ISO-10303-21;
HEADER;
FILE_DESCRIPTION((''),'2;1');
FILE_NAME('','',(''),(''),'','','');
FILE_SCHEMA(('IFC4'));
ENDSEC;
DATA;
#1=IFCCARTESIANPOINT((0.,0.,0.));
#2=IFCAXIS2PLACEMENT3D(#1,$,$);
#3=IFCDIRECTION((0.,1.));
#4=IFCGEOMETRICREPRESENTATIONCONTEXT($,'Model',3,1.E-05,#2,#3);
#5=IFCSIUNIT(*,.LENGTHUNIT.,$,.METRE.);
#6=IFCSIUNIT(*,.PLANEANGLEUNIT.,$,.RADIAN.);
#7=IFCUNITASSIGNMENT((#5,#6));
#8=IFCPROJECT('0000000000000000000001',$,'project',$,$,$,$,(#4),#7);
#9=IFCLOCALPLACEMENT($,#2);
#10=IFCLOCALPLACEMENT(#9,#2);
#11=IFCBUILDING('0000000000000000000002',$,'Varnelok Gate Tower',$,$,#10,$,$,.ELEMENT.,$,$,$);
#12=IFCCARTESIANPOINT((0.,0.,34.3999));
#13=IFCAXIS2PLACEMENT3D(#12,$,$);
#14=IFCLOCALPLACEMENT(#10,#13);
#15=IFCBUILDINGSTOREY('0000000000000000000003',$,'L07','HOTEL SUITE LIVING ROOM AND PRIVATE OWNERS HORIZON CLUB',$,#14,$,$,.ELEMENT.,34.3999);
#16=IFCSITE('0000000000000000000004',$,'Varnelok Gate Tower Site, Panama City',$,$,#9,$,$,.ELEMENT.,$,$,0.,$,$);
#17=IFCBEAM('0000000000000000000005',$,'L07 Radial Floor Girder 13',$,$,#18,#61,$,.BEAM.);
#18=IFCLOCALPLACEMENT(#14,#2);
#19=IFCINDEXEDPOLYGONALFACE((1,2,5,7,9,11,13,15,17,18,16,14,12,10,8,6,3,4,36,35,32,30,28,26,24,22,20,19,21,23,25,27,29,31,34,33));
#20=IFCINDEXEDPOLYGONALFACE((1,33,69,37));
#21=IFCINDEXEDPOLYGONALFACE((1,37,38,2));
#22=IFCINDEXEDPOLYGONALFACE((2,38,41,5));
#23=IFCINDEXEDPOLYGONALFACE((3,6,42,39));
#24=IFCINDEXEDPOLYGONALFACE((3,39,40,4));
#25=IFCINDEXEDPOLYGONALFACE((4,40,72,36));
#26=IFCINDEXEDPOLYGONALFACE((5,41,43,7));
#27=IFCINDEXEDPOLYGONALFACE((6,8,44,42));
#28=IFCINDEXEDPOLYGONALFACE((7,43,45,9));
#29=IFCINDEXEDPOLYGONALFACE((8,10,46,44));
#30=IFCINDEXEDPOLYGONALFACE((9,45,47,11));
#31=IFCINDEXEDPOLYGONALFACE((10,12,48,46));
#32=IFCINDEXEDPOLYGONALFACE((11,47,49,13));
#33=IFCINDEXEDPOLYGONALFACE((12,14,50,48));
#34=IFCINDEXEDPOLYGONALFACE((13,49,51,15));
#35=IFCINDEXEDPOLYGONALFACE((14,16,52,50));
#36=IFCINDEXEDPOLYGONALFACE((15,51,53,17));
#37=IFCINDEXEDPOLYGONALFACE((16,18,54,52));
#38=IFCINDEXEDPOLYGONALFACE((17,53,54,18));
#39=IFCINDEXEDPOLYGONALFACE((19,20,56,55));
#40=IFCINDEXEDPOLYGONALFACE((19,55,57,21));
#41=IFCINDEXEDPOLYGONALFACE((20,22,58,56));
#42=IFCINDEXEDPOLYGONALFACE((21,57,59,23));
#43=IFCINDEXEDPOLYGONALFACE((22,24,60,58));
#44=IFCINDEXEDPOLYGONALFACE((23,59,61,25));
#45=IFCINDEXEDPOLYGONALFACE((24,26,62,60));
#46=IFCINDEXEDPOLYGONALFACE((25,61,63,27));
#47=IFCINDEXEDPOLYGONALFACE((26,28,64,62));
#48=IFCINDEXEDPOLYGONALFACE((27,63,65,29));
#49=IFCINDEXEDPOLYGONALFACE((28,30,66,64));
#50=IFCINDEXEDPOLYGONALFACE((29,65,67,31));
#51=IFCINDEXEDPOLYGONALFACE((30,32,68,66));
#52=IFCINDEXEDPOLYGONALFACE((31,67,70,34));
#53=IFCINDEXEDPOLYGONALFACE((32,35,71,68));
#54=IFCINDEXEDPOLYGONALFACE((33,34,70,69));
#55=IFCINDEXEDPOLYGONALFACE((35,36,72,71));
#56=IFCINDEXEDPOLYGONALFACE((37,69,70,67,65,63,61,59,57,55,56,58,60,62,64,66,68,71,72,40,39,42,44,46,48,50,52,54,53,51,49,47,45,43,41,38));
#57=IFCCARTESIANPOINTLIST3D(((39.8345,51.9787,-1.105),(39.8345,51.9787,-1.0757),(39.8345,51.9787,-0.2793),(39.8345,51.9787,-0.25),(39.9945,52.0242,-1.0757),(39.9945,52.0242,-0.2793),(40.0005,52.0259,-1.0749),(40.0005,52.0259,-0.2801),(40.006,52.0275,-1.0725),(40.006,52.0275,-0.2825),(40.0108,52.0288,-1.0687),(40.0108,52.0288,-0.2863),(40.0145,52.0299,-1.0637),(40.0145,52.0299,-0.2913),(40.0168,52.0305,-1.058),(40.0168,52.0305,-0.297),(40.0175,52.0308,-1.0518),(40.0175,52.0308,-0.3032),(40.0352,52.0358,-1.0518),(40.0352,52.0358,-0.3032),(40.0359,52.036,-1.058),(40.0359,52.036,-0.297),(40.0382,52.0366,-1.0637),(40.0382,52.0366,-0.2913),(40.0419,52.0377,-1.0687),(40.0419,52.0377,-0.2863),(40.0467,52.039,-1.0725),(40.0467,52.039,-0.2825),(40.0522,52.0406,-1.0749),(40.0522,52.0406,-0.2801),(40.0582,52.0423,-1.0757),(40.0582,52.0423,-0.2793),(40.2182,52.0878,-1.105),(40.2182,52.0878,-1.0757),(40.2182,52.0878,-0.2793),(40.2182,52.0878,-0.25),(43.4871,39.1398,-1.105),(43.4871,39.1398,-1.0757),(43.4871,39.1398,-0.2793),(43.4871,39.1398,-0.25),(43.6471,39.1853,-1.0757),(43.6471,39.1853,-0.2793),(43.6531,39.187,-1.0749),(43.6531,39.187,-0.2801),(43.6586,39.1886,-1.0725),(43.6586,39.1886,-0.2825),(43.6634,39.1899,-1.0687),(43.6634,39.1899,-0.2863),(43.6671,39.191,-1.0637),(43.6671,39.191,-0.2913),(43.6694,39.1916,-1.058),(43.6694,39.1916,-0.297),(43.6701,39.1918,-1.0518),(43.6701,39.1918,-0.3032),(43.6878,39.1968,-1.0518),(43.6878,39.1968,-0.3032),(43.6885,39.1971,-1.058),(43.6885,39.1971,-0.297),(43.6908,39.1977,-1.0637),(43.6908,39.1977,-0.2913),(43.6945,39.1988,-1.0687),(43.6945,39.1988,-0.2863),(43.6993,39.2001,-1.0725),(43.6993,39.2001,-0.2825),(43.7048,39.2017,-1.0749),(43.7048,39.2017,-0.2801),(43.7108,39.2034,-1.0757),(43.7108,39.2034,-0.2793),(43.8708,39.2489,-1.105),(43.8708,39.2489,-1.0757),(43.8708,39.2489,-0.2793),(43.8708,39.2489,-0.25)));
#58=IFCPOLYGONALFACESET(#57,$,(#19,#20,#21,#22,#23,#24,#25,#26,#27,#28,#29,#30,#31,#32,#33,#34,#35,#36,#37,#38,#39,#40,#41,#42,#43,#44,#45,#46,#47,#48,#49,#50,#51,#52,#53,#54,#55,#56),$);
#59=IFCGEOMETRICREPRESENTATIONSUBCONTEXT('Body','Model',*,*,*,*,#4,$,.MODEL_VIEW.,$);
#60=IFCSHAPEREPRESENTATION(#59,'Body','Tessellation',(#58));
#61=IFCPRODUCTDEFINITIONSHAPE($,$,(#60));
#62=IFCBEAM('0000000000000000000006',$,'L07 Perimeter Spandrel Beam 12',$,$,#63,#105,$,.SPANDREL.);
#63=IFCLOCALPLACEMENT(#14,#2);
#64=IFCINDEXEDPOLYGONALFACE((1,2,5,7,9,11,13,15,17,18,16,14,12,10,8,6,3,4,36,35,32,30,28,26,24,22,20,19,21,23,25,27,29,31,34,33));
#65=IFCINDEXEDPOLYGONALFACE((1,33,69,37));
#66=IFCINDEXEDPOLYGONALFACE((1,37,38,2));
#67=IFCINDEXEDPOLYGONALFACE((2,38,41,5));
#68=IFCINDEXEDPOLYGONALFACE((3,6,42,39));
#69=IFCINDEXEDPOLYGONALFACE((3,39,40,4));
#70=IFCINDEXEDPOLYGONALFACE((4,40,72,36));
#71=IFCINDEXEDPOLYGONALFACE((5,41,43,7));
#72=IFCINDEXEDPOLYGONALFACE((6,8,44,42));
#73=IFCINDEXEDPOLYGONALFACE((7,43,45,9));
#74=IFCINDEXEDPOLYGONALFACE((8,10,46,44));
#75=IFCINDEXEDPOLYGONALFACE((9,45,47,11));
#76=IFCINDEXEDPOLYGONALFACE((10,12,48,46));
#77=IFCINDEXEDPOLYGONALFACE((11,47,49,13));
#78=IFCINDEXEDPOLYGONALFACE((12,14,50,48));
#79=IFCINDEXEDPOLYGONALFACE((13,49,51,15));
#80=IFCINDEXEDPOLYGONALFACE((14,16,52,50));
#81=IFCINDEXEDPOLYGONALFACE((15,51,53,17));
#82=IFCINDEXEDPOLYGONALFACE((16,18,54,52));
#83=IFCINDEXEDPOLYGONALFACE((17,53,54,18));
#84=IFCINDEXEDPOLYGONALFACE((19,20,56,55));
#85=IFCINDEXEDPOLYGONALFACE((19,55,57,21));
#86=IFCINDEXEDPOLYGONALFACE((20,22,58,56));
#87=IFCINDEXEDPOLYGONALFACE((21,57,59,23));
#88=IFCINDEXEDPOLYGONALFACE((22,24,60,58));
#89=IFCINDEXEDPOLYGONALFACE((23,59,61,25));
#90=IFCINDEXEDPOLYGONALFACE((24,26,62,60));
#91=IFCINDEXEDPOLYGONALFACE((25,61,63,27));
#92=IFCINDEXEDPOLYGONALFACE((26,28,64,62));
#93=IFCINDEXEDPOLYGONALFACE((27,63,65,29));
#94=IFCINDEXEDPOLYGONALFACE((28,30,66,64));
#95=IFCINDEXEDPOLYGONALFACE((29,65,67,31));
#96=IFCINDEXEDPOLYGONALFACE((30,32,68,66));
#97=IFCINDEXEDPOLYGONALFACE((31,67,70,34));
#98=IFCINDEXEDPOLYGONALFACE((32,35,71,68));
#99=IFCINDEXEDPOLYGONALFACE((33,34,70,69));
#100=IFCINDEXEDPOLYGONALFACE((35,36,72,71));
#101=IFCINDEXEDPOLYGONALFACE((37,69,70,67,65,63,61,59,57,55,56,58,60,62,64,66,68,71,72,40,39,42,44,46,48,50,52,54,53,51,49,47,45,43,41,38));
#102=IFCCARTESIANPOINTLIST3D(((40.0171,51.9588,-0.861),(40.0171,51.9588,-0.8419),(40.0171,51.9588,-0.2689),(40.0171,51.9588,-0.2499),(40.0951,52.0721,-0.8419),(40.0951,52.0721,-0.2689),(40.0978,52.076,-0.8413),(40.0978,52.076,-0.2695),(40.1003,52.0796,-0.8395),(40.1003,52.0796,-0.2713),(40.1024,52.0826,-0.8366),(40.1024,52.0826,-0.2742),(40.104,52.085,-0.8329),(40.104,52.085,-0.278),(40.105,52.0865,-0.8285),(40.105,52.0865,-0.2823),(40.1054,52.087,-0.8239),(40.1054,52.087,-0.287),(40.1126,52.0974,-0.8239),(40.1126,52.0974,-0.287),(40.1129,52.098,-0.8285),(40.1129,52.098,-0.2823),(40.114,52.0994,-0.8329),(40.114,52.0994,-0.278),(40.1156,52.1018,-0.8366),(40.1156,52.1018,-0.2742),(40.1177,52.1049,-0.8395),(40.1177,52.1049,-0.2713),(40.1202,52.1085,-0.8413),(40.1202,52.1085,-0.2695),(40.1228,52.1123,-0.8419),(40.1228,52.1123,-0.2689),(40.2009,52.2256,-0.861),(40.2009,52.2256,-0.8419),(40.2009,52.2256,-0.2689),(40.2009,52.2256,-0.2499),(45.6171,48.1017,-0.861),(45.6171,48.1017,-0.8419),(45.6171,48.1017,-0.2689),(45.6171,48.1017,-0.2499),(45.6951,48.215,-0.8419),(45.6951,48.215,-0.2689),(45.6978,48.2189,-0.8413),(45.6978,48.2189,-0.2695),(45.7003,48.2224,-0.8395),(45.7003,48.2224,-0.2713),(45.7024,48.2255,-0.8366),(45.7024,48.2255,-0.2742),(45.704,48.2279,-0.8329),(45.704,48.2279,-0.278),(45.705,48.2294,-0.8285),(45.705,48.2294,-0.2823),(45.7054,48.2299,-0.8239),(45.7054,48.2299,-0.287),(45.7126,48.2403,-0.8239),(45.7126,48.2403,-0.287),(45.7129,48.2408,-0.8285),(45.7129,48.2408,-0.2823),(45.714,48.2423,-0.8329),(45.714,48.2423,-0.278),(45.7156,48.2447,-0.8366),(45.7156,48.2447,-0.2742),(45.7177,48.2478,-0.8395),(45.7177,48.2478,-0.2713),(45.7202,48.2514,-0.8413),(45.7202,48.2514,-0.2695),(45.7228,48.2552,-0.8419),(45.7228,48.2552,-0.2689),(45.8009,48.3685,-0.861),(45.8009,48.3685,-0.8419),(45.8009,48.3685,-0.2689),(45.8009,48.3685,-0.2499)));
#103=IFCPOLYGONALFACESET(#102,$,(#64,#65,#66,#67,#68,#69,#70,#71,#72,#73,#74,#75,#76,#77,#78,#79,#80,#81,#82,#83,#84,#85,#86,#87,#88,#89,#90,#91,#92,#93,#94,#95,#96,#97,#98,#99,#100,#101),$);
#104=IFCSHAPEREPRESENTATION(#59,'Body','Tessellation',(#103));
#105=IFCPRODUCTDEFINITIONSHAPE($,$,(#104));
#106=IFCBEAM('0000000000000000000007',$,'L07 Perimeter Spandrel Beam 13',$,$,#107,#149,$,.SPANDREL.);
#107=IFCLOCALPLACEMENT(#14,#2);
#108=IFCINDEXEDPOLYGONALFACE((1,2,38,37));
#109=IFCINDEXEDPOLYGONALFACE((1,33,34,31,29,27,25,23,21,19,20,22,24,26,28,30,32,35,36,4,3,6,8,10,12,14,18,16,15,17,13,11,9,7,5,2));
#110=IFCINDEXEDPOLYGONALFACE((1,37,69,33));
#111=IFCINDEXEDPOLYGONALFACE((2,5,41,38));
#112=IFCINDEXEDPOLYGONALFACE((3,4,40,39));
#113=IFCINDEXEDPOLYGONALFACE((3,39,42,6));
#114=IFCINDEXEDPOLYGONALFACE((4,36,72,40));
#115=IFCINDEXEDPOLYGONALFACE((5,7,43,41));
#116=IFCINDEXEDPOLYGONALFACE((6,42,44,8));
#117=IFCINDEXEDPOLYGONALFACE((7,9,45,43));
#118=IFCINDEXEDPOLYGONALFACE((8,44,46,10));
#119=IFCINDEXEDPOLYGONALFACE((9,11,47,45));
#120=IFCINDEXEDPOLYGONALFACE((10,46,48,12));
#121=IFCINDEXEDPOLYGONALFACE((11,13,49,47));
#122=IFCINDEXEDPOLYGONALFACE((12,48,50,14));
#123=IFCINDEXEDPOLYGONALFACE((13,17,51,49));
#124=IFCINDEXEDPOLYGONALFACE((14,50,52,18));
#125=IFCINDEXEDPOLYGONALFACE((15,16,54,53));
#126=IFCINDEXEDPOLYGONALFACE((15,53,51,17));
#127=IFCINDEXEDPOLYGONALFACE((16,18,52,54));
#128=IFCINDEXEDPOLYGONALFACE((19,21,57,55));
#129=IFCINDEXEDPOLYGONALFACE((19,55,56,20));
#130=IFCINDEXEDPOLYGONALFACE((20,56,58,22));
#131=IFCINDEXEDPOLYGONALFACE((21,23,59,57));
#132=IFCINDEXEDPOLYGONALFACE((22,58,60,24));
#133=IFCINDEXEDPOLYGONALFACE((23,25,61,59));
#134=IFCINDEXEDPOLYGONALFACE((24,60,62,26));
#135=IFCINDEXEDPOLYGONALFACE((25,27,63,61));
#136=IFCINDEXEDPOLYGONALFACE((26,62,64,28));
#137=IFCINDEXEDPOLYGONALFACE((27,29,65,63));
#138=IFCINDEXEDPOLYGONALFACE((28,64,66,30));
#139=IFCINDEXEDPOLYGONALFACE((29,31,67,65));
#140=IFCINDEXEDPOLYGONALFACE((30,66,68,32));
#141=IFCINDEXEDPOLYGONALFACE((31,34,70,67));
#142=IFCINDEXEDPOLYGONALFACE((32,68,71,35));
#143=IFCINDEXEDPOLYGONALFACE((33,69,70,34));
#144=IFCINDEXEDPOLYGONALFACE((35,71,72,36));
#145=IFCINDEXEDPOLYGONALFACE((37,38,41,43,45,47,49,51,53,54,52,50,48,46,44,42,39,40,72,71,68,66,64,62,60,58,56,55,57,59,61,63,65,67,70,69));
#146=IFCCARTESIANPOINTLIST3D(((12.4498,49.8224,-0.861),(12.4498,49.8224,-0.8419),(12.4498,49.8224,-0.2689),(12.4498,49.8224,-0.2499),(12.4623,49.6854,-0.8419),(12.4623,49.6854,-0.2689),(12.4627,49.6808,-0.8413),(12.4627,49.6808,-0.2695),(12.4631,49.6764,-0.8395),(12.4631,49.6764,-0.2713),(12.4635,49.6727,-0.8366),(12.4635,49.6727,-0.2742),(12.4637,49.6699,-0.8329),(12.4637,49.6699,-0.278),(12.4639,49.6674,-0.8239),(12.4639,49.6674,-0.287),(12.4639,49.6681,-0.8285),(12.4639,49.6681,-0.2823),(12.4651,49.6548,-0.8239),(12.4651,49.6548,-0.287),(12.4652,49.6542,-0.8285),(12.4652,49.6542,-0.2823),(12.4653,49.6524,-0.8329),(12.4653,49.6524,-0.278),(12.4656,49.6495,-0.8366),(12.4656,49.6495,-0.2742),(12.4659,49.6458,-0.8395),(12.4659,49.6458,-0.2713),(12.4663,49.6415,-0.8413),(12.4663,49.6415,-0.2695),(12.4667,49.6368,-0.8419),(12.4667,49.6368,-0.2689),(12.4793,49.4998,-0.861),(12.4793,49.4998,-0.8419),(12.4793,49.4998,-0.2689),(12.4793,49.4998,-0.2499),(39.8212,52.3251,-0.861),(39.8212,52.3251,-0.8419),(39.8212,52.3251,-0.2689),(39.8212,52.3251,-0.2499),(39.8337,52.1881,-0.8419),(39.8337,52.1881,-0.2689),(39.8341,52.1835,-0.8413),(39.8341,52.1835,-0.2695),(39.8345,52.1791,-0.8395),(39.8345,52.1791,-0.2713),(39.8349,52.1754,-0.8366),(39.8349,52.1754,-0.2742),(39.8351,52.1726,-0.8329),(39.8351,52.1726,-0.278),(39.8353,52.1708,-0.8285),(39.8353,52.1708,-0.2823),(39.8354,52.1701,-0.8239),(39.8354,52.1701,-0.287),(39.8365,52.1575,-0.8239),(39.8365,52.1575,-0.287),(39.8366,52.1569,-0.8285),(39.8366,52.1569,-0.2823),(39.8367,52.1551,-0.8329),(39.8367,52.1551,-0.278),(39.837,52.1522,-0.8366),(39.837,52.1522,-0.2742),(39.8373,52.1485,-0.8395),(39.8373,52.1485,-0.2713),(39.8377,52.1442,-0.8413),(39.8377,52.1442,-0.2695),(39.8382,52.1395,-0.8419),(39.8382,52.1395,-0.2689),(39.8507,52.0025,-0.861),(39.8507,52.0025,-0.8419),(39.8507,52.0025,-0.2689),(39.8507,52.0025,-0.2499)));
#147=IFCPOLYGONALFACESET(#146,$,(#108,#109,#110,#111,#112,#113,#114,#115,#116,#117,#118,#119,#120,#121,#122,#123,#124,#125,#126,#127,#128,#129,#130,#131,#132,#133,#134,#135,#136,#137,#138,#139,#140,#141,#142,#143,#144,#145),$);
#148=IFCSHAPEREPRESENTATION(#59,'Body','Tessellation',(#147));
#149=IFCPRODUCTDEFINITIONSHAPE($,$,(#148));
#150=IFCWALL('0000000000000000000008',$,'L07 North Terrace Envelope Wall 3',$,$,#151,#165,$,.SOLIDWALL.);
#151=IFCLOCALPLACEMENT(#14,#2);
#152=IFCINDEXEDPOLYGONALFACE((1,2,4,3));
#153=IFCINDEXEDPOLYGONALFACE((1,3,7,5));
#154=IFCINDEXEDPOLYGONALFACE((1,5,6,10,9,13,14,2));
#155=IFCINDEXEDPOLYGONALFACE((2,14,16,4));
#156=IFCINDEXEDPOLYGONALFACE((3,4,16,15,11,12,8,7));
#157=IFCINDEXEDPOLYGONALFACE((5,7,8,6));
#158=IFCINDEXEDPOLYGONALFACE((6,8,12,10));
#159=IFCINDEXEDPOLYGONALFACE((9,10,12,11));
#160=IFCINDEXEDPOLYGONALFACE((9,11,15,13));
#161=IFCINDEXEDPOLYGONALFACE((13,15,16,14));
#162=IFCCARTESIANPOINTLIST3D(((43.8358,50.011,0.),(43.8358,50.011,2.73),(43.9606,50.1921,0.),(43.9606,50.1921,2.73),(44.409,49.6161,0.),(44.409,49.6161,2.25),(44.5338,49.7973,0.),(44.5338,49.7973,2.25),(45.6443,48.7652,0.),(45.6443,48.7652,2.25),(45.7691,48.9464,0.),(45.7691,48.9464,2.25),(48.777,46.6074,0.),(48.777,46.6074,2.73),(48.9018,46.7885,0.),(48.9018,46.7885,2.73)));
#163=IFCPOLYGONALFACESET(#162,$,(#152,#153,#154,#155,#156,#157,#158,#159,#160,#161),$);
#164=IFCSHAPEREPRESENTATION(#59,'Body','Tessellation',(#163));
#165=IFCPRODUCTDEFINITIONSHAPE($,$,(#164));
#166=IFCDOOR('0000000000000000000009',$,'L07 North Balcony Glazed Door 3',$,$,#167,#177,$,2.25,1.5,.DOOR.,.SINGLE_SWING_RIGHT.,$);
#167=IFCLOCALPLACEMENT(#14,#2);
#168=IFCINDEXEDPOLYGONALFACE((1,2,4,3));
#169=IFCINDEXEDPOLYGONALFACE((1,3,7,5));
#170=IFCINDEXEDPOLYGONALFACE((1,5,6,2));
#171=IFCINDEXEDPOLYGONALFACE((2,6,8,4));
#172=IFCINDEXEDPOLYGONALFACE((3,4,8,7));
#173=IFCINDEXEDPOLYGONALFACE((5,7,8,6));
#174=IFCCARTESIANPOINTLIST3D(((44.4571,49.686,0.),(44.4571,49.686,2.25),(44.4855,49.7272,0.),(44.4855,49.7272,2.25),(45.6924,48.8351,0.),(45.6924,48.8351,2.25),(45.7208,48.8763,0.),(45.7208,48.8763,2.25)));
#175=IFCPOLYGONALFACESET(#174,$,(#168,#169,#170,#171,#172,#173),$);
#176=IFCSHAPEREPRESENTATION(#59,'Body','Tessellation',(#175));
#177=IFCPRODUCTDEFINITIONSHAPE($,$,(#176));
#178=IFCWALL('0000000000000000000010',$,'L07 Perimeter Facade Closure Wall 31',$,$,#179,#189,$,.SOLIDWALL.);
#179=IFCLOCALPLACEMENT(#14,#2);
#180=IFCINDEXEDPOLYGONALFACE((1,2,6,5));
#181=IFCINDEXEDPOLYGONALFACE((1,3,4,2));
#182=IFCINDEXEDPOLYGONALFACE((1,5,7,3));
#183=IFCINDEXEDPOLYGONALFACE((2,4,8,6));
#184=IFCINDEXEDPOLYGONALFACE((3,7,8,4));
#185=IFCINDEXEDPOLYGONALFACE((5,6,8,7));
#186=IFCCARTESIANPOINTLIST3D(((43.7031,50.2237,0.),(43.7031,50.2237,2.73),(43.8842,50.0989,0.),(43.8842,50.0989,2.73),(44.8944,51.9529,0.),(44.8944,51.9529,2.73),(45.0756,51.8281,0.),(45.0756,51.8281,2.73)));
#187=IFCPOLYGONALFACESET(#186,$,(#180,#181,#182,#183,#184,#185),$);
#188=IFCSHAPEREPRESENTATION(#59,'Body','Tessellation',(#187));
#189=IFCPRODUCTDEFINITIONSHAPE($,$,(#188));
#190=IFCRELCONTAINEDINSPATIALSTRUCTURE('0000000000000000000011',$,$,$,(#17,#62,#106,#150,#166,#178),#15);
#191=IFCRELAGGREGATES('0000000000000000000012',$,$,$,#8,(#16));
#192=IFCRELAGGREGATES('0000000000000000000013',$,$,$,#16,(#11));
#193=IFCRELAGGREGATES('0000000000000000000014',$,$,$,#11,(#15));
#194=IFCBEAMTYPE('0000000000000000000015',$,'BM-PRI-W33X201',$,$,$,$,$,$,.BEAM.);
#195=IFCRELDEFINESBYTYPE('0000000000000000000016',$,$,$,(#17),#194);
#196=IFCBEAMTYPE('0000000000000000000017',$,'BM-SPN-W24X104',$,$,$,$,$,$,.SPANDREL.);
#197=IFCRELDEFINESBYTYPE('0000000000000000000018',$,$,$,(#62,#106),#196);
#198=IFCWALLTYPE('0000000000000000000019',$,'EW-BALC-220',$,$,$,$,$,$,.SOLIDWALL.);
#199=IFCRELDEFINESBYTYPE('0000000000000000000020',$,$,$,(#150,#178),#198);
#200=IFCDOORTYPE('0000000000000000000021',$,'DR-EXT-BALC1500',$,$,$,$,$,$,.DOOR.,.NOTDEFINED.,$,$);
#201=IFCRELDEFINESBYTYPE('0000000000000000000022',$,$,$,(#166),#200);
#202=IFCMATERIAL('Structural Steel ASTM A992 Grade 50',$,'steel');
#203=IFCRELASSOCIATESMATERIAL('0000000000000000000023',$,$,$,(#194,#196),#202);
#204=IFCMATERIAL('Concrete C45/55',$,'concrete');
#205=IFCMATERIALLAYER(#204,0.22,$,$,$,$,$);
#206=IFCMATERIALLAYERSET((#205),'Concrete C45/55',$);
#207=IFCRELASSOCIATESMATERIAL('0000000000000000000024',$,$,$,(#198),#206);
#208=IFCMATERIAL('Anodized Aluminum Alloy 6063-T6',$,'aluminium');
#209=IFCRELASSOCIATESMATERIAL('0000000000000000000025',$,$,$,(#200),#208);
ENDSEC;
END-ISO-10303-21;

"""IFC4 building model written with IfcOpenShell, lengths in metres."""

from ifc_helpers import new_model, si_unit, direction, frame, frame_2d, origin, origin_2d, place, context, subcontext, project, spatial, rectangle, i_section, extrude, material, layer, layer_set, material_profile, profile_set, type_object, element, fill, save


model = new_model("IFC4")

# Units and contexts
model_context = context("Model", 3, precision=1e-05, world=origin(), true_north=direction((0.0, 1.0)))
body_context = subcontext(model_context, "Body", "Model", "MODEL_VIEW")
ifc_project = project(units=[si_unit("LENGTHUNIT", "METRE"), si_unit("PLANEANGLEUNIT", "RADIAN")], contexts=[model_context])

# Site, building, storey
site_placement = place(None, origin())
site = spatial("IfcSite", under=ifc_project, at=site_placement, Name="Varnelok Gate Tower Site, Panama City", CompositionType="ELEMENT", RefElevation=0.0)
building_placement = place(site_placement, origin())
building = spatial("IfcBuilding", under=site, at=building_placement, Name="Varnelok Gate Tower", CompositionType="ELEMENT")
storey_placement = place(building_placement, frame((0.0, 0.0, 34.3999)))
storey = spatial("IfcBuildingStorey", under=building, at=storey_placement, Name="L07", Description="HOTEL SUITE LIVING ROOM AND PRIVATE OWNERS HORIZON CLUB", CompositionType="ELEMENT", Elevation=34.3999)

# Shared definitions
ifc_material_1 = material(Name="Structural Steel ASTM A992 Grade 50", Category="steel")

# Beams
ifc_material_profile_1 = material_profile(ifc_material_1, i_section(OverallWidth=0.3989, OverallDepth=0.855, WebThickness=0.0183, FlangeThickness=0.0293, FilletRadius=0.0239, at=origin_2d()), Name="W33X201")
ifc_profile_set_1 = profile_set([ifc_material_profile_1], Name="Structural Steel ASTM A992 Grade 50")
beam_type_1 = type_object("IfcBeamType", Name="BM-PRI-W33X201", PredefinedType="BEAM", material=ifc_profile_set_1)
beam_1_placement = place(storey_placement, frame((43.679, 39.1943, -0.6775), z_axis=(-0.273636, 0.961833, 0.0), x_axis=(-0.961833, -0.273636, 0.0)))
element("IfcBeam", 1, at=beam_1_placement, inside=storey, type_object=beam_type_1, Name="L07 Radial Floor Girder 13", PredefinedType="BEAM", context=body_context, shape_type="SweptSolid", body=[
    extrude(i_section(OverallWidth=0.3989, OverallDepth=0.855, WebThickness=0.0183, FlangeThickness=0.0293, FilletRadius=0.0239, at=origin_2d()), origin(), (0.0, 0.0, 1.0), 13.3484),
])
ifc_material_profile_2 = material_profile(ifc_material_1, i_section(OverallWidth=0.324, OverallDepth=0.6111, WebThickness=0.0127, FlangeThickness=0.019, FilletRadius=0.0181, at=origin_2d()), Name="W24X104")
ifc_profile_set_2 = profile_set([ifc_material_profile_2], Name="Structural Steel ASTM A992 Grade 50")
beam_type_2 = type_object("IfcBeamType", Name="BM-SPN-W24X104", PredefinedType="SPANDREL", material=ifc_profile_set_2)
beam_2_placement = place(storey_placement, frame((45.709, 48.2351, -0.5554), z_axis=(-0.823553, 0.567239, 0.0), x_axis=(-0.567239, -0.823553, 0.0)))
element("IfcBeam", 2, at=beam_2_placement, inside=storey, type_object=beam_type_2, Name="L07 Perimeter Spandrel Beam 12", PredefinedType="SPANDREL", context=body_context, shape_type="SweptSolid", body=[
    extrude(i_section(OverallWidth=0.324, OverallDepth=0.6111, WebThickness=0.0127, FlangeThickness=0.019, FilletRadius=0.0181, at=origin_2d()), origin(), (0.0, 0.0, 1.0), 6.7998),
])
beam_3_placement = place(storey_placement, frame((39.8359, 52.1638, -0.5554), z_axis=(-0.995846, -0.091055, 0.0), x_axis=(0.091055, -0.995846, 0.0)))
element("IfcBeam", 3, at=beam_3_placement, inside=storey, type_object=beam_type_2, Name="L07 Perimeter Spandrel Beam 13", PredefinedType="SPANDREL", context=body_context, shape_type="SweptSolid", body=[
    extrude(i_section(OverallWidth=0.324, OverallDepth=0.6111, WebThickness=0.0127, FlangeThickness=0.019, FilletRadius=0.0181, at=origin_2d()), origin(), (0.0, 0.0, 1.0), 27.4856),
])

# Wall, opening, door
ifc_material_2 = material(Name="Concrete C45/55", Category="concrete")
ifc_layer_1 = layer(ifc_material_2, 0.22)
ifc_layer_set_1 = layer_set([ifc_layer_1], Name="Concrete C45/55")
wall_type_1 = type_object("IfcWallType", Name="EW-BALC-220", PredefinedType="SOLIDWALL", material=ifc_layer_set_1)
wall_1_placement = place(storey_placement, frame((43.8982, 50.1016, 0.0), z_axis=(0.0, 0.0, 1.0), x_axis=(0.823535, -0.567266, 0.0)))
wall_1 = element("IfcWall", 4, at=wall_1_placement, inside=storey, type_object=wall_type_1, Name="L07 North Terrace Envelope Wall 3", PredefinedType="SOLIDWALL", context=body_context, shape_type="SweptSolid", body=[
    extrude(rectangle(XDim=6.0, YDim=0.22, at=frame_2d((3.0, 0.0))), origin(), (0.0, 0.0, 1.0), 2.73),
])
opening_1_placement = place(wall_1_placement, frame((0.696, 0.0, 0.0)))
opening_1 = element("IfcOpeningElement", 5, at=opening_1_placement, cuts=wall_1, PredefinedType="OPENING", context=body_context, shape_type="SweptSolid", body=[
    extrude(rectangle(XDim=1.5, YDim=2.25, at=frame_2d((0.75, 1.125))), frame((0.0, 0.1199, 0.0), z_axis=(0.0, -1.0, 0.0), x_axis=(1.0, 0.0, 0.0)), (0.0, 0.0, 1.0), 0.24),
])
ifc_material_3 = material(Name="Anodized Aluminum Alloy 6063-T6", Category="aluminium")
door_type_1 = type_object("IfcDoorType", Name="DR-EXT-BALC1500", OperationType="NOTDEFINED", PredefinedType="DOOR", material=ifc_material_3)
door_1_placement = place(opening_1_placement, origin())
door_1 = element("IfcDoor", 6, at=door_1_placement, inside=storey, type_object=door_type_1, Name="L07 North Balcony Glazed Door 3", OperationType="SINGLE_SWING_RIGHT", OverallHeight=2.25, OverallWidth=1.5, PredefinedType="DOOR", context=body_context, shape_type="SweptSolid", body=[
    extrude(rectangle(XDim=1.5, YDim=2.25, at=frame_2d((0.75, 1.125))), frame((0.0, 0.0249, 0.0), z_axis=(0.0, -1.0, 0.0), x_axis=(1.0, 0.0, 0.0)), (0.0, 0.0, 1.0), 0.05),
])
fill(opening_1, door_1)

# Wall
wall_2_placement = place(storey_placement, frame((43.7937, 50.1614, 0.0), z_axis=(0.0, 0.0, 1.0), x_axis=(0.567353, 0.823475, 0.0)))
element("IfcWall", 7, at=wall_2_placement, inside=storey, type_object=wall_type_1, Name="L07 Perimeter Facade Closure Wall 31", PredefinedType="SOLIDWALL", context=body_context, shape_type="SweptSolid", body=[
    extrude(rectangle(XDim=2.0999, YDim=0.22, at=frame_2d((1.0498, 0.0))), origin(), (0.0, 0.0, 1.0), 2.73),
])

save(model, "model.ifc")
